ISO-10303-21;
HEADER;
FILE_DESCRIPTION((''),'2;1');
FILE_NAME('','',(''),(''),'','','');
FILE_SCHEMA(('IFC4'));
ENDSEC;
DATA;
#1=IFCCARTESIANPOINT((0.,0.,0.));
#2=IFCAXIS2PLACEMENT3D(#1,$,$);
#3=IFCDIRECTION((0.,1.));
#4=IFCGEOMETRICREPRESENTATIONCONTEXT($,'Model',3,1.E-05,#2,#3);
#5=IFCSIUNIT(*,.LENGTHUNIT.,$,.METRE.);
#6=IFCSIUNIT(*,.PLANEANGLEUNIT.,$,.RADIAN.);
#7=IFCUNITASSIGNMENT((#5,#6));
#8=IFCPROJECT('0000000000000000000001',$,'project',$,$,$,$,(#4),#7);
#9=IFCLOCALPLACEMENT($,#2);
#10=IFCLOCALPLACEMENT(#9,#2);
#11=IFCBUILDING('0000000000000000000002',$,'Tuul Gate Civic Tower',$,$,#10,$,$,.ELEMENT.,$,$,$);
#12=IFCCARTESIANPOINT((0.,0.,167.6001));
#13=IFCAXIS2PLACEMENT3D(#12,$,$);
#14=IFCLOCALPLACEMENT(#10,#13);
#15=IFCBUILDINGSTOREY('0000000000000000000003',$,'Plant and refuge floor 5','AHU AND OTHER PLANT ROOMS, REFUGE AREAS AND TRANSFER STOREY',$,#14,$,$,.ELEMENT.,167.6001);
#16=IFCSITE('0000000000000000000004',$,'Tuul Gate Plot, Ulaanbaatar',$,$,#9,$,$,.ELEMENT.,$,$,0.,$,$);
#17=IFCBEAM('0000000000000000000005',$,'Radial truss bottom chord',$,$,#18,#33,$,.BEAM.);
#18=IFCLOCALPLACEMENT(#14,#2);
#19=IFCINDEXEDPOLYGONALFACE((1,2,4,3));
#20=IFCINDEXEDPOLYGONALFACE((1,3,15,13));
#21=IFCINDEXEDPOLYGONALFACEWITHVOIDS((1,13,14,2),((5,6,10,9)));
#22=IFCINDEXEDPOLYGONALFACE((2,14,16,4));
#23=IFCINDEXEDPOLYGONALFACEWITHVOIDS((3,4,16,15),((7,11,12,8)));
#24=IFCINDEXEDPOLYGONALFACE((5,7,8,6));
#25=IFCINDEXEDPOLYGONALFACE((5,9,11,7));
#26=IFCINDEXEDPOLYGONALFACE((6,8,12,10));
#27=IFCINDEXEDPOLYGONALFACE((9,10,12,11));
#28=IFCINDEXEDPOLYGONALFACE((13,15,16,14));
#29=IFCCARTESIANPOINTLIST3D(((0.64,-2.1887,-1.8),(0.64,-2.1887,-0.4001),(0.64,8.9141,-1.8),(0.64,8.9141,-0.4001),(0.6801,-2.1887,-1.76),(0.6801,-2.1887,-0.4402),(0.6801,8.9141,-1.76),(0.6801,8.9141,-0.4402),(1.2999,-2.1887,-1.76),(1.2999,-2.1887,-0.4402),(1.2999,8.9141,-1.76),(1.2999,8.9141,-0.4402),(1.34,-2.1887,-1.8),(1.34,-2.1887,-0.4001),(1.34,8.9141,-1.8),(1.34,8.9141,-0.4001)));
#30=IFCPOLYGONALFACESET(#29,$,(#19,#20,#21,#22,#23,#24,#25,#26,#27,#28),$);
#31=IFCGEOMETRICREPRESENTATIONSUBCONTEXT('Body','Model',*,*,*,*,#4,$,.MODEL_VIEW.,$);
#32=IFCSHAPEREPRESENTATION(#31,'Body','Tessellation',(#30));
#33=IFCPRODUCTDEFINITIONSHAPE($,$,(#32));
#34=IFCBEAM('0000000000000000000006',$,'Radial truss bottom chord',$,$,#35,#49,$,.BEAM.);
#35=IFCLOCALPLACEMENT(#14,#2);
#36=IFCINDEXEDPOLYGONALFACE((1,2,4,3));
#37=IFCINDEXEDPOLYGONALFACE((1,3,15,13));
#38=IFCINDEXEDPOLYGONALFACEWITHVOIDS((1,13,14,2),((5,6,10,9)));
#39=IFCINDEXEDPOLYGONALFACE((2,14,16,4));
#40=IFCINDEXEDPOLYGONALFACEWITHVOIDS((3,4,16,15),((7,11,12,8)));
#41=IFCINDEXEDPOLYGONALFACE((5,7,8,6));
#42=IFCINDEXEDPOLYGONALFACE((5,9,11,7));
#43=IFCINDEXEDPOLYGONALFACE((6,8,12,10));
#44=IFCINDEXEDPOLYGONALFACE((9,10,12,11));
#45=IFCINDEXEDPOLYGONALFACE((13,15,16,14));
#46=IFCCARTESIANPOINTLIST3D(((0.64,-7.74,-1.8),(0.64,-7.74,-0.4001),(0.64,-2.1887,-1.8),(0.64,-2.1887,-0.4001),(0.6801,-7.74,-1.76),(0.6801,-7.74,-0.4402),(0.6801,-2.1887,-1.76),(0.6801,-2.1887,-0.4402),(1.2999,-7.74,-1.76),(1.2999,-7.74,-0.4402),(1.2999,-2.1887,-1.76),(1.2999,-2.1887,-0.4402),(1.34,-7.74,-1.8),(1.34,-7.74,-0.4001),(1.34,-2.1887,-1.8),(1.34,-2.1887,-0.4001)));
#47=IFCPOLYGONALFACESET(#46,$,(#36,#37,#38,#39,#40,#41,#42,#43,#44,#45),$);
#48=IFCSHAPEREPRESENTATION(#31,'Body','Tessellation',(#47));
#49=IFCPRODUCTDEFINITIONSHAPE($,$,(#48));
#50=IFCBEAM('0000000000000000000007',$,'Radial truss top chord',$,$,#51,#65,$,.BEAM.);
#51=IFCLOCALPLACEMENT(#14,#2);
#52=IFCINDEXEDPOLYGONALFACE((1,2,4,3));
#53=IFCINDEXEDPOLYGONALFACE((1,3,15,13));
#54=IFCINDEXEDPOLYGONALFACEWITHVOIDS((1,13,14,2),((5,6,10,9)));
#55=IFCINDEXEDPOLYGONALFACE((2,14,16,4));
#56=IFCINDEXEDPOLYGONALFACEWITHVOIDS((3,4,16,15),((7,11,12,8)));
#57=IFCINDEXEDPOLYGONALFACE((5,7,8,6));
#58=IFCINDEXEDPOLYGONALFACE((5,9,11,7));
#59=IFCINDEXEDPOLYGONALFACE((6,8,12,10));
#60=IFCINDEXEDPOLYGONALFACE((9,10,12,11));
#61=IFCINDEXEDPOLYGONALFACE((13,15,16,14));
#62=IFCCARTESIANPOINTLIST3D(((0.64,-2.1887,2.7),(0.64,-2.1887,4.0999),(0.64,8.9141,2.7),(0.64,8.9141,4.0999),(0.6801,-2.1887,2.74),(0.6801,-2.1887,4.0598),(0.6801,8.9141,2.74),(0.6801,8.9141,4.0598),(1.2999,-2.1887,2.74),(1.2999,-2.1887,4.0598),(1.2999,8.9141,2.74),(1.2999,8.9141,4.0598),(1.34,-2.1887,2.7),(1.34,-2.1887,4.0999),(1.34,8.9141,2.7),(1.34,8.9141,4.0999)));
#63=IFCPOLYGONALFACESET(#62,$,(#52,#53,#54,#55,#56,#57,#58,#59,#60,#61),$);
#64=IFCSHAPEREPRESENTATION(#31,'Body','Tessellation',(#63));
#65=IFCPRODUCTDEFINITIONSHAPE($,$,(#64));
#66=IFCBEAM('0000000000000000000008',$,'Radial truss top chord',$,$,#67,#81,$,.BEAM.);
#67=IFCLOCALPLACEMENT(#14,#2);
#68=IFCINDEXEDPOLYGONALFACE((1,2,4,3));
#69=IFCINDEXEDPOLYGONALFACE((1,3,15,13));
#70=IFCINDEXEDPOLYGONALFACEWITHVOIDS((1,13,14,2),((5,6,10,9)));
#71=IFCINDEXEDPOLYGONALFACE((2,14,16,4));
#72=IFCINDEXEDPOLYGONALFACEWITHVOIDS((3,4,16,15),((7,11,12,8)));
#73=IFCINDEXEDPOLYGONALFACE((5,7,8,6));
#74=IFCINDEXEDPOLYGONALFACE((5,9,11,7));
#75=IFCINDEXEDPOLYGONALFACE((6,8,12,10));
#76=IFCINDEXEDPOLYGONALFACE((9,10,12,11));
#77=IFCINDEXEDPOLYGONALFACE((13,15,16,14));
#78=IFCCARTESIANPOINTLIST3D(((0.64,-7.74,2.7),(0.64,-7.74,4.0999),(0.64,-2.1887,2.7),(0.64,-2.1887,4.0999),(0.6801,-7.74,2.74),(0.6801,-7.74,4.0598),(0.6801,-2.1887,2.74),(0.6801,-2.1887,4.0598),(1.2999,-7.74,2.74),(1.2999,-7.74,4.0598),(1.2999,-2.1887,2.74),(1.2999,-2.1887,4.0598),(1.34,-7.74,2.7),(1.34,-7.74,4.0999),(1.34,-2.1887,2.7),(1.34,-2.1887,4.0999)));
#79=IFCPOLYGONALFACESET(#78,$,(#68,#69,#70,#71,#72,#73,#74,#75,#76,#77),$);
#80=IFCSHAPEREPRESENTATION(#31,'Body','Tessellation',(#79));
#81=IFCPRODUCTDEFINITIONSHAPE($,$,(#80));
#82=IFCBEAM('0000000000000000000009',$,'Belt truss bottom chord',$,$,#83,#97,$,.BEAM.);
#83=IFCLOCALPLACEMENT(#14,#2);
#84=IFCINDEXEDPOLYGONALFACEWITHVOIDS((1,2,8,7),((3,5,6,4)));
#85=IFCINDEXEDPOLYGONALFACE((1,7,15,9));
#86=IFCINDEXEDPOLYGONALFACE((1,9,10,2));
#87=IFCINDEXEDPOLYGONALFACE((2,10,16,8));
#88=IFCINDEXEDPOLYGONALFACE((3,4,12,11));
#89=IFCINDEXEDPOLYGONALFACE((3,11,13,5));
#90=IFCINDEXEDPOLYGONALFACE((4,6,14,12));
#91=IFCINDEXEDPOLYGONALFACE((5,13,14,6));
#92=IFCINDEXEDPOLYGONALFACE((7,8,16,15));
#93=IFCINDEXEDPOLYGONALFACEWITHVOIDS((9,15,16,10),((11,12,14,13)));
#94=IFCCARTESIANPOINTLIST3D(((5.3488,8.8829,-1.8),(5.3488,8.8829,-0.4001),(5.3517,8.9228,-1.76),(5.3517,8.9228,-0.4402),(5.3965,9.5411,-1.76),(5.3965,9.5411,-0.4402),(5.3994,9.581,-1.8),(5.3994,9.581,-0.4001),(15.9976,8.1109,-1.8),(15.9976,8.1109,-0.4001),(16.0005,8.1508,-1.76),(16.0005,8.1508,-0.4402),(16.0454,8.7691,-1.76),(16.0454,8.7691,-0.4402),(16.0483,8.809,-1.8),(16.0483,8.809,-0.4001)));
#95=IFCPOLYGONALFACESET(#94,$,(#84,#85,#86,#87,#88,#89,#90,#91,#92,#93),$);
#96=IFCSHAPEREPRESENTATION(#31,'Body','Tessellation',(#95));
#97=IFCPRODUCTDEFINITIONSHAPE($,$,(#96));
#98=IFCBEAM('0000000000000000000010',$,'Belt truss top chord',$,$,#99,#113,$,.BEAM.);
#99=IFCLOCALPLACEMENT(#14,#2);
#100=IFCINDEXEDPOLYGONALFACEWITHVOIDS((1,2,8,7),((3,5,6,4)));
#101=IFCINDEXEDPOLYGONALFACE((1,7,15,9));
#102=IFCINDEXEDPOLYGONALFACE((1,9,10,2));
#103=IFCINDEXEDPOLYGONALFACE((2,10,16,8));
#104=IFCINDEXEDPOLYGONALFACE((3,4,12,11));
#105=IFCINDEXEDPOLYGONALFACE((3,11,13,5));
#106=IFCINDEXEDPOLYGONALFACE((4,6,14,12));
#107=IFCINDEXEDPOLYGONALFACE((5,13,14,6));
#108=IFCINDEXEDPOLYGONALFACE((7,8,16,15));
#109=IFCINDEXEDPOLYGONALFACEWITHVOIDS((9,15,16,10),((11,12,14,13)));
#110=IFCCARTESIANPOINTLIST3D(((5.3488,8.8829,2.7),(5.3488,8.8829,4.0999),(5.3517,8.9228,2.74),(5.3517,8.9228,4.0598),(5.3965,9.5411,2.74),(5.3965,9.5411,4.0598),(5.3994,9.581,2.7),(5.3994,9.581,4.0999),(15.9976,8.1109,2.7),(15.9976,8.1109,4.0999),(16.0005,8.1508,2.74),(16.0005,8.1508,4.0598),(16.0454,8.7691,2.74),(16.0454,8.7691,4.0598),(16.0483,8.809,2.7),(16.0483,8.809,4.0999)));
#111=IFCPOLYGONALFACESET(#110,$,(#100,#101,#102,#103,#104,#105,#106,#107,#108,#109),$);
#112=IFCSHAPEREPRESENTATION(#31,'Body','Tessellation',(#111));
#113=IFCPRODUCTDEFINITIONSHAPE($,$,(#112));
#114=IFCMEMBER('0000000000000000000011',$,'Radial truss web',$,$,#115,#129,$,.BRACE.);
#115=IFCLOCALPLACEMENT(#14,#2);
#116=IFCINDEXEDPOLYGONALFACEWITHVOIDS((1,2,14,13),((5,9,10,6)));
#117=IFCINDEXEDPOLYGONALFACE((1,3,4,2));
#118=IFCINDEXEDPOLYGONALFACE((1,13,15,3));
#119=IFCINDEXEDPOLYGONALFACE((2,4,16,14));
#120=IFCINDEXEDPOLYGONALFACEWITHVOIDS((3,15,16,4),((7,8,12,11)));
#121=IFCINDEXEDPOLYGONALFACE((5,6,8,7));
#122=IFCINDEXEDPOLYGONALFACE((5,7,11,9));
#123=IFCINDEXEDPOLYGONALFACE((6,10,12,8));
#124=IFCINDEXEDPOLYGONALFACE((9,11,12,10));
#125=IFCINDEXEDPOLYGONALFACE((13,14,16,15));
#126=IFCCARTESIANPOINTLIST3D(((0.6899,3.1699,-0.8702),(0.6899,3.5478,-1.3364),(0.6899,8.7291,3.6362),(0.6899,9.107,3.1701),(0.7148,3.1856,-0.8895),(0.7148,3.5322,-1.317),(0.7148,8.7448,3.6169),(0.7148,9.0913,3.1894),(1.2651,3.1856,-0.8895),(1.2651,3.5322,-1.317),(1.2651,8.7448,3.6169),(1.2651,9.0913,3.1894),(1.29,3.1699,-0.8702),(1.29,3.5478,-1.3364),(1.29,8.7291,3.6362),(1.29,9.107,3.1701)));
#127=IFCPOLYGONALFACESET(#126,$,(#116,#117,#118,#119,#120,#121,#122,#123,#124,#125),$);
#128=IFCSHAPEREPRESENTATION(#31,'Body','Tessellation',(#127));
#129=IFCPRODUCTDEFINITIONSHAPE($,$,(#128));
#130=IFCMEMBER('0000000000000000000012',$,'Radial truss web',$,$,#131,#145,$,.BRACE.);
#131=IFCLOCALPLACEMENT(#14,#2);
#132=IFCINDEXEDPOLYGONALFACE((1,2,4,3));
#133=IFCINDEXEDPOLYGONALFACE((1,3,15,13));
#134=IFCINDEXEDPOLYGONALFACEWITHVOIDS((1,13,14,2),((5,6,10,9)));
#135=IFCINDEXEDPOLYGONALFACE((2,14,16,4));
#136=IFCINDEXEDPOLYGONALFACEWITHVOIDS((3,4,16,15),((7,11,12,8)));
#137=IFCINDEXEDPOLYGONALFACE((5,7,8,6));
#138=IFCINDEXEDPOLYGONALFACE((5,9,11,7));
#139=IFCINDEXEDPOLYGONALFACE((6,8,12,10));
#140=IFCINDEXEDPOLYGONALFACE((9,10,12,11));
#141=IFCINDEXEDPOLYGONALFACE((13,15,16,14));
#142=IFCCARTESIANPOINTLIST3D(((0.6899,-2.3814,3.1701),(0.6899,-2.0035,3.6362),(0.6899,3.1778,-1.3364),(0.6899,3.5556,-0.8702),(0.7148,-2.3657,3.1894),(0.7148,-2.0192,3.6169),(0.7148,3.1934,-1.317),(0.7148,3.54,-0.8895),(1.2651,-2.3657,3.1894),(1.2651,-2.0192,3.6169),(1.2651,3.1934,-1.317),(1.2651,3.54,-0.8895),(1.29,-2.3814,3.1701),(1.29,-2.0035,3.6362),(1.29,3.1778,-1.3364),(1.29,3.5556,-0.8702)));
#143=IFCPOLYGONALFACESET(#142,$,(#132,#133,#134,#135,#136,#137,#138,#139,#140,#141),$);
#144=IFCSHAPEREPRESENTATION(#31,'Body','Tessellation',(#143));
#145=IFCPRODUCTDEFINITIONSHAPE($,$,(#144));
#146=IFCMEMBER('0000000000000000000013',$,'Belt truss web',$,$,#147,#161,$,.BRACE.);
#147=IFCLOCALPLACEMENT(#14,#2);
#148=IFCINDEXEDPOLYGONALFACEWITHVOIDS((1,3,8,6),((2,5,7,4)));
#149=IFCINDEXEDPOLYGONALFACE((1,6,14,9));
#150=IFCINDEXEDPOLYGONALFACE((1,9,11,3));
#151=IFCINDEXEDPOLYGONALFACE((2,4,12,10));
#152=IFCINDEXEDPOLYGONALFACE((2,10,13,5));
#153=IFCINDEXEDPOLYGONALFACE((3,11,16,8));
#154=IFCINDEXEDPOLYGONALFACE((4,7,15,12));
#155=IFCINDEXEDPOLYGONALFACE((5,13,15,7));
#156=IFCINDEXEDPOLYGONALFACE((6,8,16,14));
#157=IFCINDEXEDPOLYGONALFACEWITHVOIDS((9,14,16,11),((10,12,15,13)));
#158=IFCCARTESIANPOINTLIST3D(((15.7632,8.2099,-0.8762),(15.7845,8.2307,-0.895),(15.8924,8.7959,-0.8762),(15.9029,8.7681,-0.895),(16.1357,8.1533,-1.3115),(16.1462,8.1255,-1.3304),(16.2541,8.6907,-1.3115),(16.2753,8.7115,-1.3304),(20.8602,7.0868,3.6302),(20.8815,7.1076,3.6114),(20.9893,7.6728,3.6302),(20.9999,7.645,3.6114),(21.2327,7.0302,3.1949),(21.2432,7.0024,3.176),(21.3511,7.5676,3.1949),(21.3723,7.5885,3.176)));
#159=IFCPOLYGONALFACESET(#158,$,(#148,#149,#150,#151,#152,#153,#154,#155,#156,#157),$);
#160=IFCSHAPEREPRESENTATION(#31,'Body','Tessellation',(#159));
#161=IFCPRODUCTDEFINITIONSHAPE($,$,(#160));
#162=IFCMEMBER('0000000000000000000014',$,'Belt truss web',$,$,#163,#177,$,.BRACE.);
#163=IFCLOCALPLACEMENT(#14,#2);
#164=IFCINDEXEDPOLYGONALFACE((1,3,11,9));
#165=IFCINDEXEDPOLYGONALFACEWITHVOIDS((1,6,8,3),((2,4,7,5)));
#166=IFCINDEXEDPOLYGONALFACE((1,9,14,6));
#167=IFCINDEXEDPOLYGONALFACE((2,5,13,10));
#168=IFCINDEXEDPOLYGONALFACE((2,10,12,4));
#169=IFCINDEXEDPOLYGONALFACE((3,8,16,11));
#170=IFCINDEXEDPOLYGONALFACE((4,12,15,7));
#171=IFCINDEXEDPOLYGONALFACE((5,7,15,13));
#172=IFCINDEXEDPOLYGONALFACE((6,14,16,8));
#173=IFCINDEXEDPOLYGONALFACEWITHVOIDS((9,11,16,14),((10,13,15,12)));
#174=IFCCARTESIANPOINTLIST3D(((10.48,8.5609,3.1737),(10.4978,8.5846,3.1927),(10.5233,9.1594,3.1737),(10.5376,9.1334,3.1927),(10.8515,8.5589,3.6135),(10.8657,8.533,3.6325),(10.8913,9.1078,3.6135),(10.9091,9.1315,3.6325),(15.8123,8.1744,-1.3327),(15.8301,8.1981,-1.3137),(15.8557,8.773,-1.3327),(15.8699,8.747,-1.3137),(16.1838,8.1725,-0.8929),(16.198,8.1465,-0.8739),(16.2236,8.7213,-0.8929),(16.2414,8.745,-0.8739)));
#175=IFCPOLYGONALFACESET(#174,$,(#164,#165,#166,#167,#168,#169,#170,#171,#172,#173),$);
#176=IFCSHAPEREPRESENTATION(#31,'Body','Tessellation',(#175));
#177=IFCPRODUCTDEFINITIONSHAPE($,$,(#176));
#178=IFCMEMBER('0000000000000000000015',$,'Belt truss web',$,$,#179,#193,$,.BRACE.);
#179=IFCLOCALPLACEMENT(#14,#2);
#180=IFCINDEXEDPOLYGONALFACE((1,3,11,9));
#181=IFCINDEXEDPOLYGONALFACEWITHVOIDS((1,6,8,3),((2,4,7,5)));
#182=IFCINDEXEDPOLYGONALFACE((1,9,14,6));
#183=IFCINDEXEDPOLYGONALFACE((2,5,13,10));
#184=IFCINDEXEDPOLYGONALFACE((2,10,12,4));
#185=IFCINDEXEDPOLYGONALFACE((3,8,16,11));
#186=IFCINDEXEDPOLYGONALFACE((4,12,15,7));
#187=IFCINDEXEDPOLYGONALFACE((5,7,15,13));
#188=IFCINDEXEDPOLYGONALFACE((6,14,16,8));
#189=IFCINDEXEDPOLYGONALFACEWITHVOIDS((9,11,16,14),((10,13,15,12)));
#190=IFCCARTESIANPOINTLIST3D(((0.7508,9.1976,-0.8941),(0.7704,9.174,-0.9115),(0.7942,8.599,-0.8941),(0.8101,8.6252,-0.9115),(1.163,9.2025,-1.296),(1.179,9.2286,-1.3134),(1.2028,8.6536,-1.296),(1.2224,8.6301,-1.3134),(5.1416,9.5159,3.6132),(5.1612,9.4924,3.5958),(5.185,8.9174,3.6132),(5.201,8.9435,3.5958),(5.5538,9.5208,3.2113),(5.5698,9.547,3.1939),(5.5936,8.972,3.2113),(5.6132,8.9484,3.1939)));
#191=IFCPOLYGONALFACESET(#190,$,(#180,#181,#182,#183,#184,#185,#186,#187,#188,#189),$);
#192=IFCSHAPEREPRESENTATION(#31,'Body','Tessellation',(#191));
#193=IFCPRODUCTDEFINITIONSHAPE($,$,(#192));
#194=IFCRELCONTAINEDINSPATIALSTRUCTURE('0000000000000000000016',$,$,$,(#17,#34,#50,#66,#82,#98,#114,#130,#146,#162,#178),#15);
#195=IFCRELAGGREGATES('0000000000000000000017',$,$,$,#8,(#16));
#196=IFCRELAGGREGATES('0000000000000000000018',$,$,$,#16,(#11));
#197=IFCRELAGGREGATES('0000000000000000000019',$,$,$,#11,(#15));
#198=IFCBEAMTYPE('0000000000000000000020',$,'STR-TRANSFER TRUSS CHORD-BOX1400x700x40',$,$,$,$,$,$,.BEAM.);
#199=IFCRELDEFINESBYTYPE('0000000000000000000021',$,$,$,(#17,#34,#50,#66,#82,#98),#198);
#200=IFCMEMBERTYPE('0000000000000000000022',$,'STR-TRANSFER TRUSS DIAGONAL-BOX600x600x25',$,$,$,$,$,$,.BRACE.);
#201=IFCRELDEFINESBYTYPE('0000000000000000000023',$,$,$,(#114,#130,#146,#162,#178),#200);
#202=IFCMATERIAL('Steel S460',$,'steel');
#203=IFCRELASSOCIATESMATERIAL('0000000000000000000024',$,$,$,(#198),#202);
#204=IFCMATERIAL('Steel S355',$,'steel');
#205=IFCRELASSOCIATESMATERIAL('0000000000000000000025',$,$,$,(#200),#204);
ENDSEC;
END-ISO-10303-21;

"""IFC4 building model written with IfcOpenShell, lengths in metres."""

from ifc_helpers import new_model, si_unit, direction, frame, origin, origin_2d, place, context, subcontext, project, spatial, hollow_rectangle, extrude, material, material_profile, profile_set, type_object, element, save


model = new_model("IFC4")

# Units and contexts
model_context = context("Model", 3, precision=1e-05, world=origin(), true_north=direction((0.0, 1.0)))
body_context = subcontext(model_context, "Body", "Model", "MODEL_VIEW")
ifc_project = project(units=[si_unit("LENGTHUNIT", "METRE"), si_unit("PLANEANGLEUNIT", "RADIAN")], contexts=[model_context])

# Site, building, storey
site_placement = place(None, origin())
site = spatial("IfcSite", under=ifc_project, at=site_placement, Name="Tuul Gate Plot, Ulaanbaatar", CompositionType="ELEMENT", RefElevation=0.0)
building_placement = place(site_placement, origin())
building = spatial("IfcBuilding", under=site, at=building_placement, Name="Tuul Gate Civic Tower", CompositionType="ELEMENT")
storey_placement = place(building_placement, frame((0.0, 0.0, 167.6001)))
storey = spatial("IfcBuildingStorey", under=building, at=storey_placement, Name="Plant and refuge floor 5", Description="AHU AND OTHER PLANT ROOMS, REFUGE AREAS AND TRANSFER STOREY", CompositionType="ELEMENT", Elevation=167.6001)

# Beams
ifc_material_1 = material(Name="Steel S460", Category="steel")
ifc_material_profile_1 = material_profile(ifc_material_1, hollow_rectangle(XDim=0.7, YDim=1.3999, WallThickness=0.04, at=origin_2d()), Name="BOX1400x700x40")
ifc_profile_set_1 = profile_set([ifc_material_profile_1], Name="Steel S460")
beam_type = type_object("IfcBeamType", Name="STR-TRANSFER TRUSS CHORD-BOX1400x700x40", PredefinedType="BEAM", material=ifc_profile_set_1)
beam_1_placement = place(storey_placement, frame((0.99, 8.9141, -1.1001), z_axis=(0.0, -1.0, 0.0), x_axis=(1.0, 0.0, 0.0)))
element("IfcBeam", 1, at=beam_1_placement, inside=storey, type_object=beam_type, Name="Radial truss bottom chord", PredefinedType="BEAM", context=body_context, shape_type="SweptSolid", body=[
    extrude(hollow_rectangle(XDim=0.7, YDim=1.3999, WallThickness=0.04, at=origin_2d()), origin(), (0.0, 0.0, 1.0), 11.1028),
])
beam_2_placement = place(storey_placement, frame((0.99, -2.1887, -1.1001), z_axis=(0.0, -1.0, 0.0), x_axis=(1.0, 0.0, 0.0)))
element("IfcBeam", 2, at=beam_2_placement, inside=storey, type_object=beam_type, Name="Radial truss bottom chord", PredefinedType="BEAM", context=body_context, shape_type="SweptSolid", body=[
    extrude(hollow_rectangle(XDim=0.7, YDim=1.3999, WallThickness=0.04, at=origin_2d()), origin(), (0.0, 0.0, 1.0), 5.5513),
])
beam_3_placement = place(storey_placement, frame((0.99, 8.9141, 3.3999), z_axis=(0.0, -1.0, 0.0), x_axis=(1.0, 0.0, 0.0)))
element("IfcBeam", 3, at=beam_3_placement, inside=storey, type_object=beam_type, Name="Radial truss top chord", PredefinedType="BEAM", context=body_context, shape_type="SweptSolid", body=[
    extrude(hollow_rectangle(XDim=0.7, YDim=1.3999, WallThickness=0.04, at=origin_2d()), origin(), (0.0, 0.0, 1.0), 11.1028),
])
beam_4_placement = place(storey_placement, frame((0.99, -2.1887, 3.3999), z_axis=(0.0, -1.0, 0.0), x_axis=(1.0, 0.0, 0.0)))
element("IfcBeam", 4, at=beam_4_placement, inside=storey, type_object=beam_type, Name="Radial truss top chord", PredefinedType="BEAM", context=body_context, shape_type="SweptSolid", body=[
    extrude(hollow_rectangle(XDim=0.7, YDim=1.3999, WallThickness=0.04, at=origin_2d()), origin(), (0.0, 0.0, 1.0), 5.5513),
])
for number, where, z_axis, x_axis, name in (
    (5, (16.0229, 8.46, -1.1001), (-0.997383, 0.072303, 0.0), (-0.072303, -0.997383, 0.0), "Belt truss bottom chord"),
    (6, (16.0229, 8.46, 3.3999), (-0.997383, 0.072303, 0.0), (-0.072303, -0.997383, 0.0), "Belt truss top chord"),
):
    element("IfcBeam", number, at=place(storey_placement, frame(where, z_axis=z_axis, x_axis=x_axis)), inside=storey, type_object=beam_type, Name=name, PredefinedType="BEAM", context=body_context, shape_type="SweptSolid", body=[
        extrude(hollow_rectangle(XDim=0.7, YDim=1.3999, WallThickness=0.04, at=origin_2d()), origin(), (0.0, 0.0, 1.0), 10.6768),
    ])

# Members
ifc_material_2 = material(Name="Steel S355", Category="steel")
ifc_material_profile_2 = material_profile(ifc_material_2, hollow_rectangle(XDim=0.6001, YDim=0.6001, WallThickness=0.0249, at=origin_2d()), Name="BOX600x600x25")
ifc_profile_set_2 = profile_set([ifc_material_profile_2], Name="Steel S355")
member_type_1 = type_object("IfcMemberType", Name="STR-TRANSFER TRUSS DIAGONAL-BOX600x600x25", PredefinedType="BRACE", material=ifc_profile_set_2)
for number, where, z_axis, x_axis, name in (
    (7, (0.99, 3.3589, -1.1033), (0.0, 0.776825, 0.629716), (-1.0, 0.0, 0.0), "Radial truss web"),
    (8, (0.99, 3.3667, -1.1033), (0.0, -0.776825, 0.629716), (1.0, 0.0, 0.0), "Radial truss web"),
):
    element("IfcMember", number, at=place(storey_placement, frame(where, z_axis=z_axis, x_axis=x_axis)), inside=storey, type_object=member_type_1, Name=name, PredefinedType="BRACE", context=body_context, shape_type="SweptSolid", body=[
        extrude(hollow_rectangle(XDim=0.6001, YDim=0.6001, WallThickness=0.0249, at=origin_2d()), origin(), (0.0, 0.0, 1.0), 7.1562),
    ])
member_1_placement = place(storey_placement, frame((16.0193, 8.4607, -1.1033), z_axis=(0.739174, -0.162868, 0.653526), x_axis=(0.215177, 0.976575, 0.0)))
element("IfcMember", 9, at=member_1_placement, inside=storey, type_object=member_type_1, Name="Belt truss web", PredefinedType="BRACE", context=body_context, shape_type="SweptSolid", body=[
    extrude(hollow_rectangle(XDim=0.6001, YDim=0.6001, WallThickness=0.0249, at=origin_2d()), origin(), (0.0, 0.0, 1.0), 6.8955),
])
member_2_placement = place(storey_placement, frame((16.0269, 8.4597, -1.1033), z_axis=(-0.762612, 0.055273, 0.64449), x_axis=(-0.072289, -0.997384, 0.0)))
element("IfcMember", 10, at=member_2_placement, inside=storey, type_object=member_type_1, Name="Belt truss web", PredefinedType="BRACE", context=body_context, shape_type="SweptSolid", body=[
    extrude(hollow_rectangle(XDim=0.6001, YDim=0.6001, WallThickness=0.0249, at=origin_2d()), origin(), (0.0, 0.0, 1.0), 6.9922),
])
member_3_placement = place(storey_placement, frame((0.9866, 8.9138, -1.1038), z_axis=(0.696901, 0.050529, 0.715385), x_axis=(-0.072315, 0.997382, 0.0)))
element("IfcMember", 11, at=member_3_placement, inside=storey, type_object=member_type_1, Name="Belt truss web", PredefinedType="BRACE", context=body_context, shape_type="SweptSolid", body=[
    extrude(hollow_rectangle(XDim=0.6001, YDim=0.6001, WallThickness=0.0249, at=origin_2d()), origin(), (0.0, 0.0, 1.0), 6.3005),
])

save(model, "model.ifc")
